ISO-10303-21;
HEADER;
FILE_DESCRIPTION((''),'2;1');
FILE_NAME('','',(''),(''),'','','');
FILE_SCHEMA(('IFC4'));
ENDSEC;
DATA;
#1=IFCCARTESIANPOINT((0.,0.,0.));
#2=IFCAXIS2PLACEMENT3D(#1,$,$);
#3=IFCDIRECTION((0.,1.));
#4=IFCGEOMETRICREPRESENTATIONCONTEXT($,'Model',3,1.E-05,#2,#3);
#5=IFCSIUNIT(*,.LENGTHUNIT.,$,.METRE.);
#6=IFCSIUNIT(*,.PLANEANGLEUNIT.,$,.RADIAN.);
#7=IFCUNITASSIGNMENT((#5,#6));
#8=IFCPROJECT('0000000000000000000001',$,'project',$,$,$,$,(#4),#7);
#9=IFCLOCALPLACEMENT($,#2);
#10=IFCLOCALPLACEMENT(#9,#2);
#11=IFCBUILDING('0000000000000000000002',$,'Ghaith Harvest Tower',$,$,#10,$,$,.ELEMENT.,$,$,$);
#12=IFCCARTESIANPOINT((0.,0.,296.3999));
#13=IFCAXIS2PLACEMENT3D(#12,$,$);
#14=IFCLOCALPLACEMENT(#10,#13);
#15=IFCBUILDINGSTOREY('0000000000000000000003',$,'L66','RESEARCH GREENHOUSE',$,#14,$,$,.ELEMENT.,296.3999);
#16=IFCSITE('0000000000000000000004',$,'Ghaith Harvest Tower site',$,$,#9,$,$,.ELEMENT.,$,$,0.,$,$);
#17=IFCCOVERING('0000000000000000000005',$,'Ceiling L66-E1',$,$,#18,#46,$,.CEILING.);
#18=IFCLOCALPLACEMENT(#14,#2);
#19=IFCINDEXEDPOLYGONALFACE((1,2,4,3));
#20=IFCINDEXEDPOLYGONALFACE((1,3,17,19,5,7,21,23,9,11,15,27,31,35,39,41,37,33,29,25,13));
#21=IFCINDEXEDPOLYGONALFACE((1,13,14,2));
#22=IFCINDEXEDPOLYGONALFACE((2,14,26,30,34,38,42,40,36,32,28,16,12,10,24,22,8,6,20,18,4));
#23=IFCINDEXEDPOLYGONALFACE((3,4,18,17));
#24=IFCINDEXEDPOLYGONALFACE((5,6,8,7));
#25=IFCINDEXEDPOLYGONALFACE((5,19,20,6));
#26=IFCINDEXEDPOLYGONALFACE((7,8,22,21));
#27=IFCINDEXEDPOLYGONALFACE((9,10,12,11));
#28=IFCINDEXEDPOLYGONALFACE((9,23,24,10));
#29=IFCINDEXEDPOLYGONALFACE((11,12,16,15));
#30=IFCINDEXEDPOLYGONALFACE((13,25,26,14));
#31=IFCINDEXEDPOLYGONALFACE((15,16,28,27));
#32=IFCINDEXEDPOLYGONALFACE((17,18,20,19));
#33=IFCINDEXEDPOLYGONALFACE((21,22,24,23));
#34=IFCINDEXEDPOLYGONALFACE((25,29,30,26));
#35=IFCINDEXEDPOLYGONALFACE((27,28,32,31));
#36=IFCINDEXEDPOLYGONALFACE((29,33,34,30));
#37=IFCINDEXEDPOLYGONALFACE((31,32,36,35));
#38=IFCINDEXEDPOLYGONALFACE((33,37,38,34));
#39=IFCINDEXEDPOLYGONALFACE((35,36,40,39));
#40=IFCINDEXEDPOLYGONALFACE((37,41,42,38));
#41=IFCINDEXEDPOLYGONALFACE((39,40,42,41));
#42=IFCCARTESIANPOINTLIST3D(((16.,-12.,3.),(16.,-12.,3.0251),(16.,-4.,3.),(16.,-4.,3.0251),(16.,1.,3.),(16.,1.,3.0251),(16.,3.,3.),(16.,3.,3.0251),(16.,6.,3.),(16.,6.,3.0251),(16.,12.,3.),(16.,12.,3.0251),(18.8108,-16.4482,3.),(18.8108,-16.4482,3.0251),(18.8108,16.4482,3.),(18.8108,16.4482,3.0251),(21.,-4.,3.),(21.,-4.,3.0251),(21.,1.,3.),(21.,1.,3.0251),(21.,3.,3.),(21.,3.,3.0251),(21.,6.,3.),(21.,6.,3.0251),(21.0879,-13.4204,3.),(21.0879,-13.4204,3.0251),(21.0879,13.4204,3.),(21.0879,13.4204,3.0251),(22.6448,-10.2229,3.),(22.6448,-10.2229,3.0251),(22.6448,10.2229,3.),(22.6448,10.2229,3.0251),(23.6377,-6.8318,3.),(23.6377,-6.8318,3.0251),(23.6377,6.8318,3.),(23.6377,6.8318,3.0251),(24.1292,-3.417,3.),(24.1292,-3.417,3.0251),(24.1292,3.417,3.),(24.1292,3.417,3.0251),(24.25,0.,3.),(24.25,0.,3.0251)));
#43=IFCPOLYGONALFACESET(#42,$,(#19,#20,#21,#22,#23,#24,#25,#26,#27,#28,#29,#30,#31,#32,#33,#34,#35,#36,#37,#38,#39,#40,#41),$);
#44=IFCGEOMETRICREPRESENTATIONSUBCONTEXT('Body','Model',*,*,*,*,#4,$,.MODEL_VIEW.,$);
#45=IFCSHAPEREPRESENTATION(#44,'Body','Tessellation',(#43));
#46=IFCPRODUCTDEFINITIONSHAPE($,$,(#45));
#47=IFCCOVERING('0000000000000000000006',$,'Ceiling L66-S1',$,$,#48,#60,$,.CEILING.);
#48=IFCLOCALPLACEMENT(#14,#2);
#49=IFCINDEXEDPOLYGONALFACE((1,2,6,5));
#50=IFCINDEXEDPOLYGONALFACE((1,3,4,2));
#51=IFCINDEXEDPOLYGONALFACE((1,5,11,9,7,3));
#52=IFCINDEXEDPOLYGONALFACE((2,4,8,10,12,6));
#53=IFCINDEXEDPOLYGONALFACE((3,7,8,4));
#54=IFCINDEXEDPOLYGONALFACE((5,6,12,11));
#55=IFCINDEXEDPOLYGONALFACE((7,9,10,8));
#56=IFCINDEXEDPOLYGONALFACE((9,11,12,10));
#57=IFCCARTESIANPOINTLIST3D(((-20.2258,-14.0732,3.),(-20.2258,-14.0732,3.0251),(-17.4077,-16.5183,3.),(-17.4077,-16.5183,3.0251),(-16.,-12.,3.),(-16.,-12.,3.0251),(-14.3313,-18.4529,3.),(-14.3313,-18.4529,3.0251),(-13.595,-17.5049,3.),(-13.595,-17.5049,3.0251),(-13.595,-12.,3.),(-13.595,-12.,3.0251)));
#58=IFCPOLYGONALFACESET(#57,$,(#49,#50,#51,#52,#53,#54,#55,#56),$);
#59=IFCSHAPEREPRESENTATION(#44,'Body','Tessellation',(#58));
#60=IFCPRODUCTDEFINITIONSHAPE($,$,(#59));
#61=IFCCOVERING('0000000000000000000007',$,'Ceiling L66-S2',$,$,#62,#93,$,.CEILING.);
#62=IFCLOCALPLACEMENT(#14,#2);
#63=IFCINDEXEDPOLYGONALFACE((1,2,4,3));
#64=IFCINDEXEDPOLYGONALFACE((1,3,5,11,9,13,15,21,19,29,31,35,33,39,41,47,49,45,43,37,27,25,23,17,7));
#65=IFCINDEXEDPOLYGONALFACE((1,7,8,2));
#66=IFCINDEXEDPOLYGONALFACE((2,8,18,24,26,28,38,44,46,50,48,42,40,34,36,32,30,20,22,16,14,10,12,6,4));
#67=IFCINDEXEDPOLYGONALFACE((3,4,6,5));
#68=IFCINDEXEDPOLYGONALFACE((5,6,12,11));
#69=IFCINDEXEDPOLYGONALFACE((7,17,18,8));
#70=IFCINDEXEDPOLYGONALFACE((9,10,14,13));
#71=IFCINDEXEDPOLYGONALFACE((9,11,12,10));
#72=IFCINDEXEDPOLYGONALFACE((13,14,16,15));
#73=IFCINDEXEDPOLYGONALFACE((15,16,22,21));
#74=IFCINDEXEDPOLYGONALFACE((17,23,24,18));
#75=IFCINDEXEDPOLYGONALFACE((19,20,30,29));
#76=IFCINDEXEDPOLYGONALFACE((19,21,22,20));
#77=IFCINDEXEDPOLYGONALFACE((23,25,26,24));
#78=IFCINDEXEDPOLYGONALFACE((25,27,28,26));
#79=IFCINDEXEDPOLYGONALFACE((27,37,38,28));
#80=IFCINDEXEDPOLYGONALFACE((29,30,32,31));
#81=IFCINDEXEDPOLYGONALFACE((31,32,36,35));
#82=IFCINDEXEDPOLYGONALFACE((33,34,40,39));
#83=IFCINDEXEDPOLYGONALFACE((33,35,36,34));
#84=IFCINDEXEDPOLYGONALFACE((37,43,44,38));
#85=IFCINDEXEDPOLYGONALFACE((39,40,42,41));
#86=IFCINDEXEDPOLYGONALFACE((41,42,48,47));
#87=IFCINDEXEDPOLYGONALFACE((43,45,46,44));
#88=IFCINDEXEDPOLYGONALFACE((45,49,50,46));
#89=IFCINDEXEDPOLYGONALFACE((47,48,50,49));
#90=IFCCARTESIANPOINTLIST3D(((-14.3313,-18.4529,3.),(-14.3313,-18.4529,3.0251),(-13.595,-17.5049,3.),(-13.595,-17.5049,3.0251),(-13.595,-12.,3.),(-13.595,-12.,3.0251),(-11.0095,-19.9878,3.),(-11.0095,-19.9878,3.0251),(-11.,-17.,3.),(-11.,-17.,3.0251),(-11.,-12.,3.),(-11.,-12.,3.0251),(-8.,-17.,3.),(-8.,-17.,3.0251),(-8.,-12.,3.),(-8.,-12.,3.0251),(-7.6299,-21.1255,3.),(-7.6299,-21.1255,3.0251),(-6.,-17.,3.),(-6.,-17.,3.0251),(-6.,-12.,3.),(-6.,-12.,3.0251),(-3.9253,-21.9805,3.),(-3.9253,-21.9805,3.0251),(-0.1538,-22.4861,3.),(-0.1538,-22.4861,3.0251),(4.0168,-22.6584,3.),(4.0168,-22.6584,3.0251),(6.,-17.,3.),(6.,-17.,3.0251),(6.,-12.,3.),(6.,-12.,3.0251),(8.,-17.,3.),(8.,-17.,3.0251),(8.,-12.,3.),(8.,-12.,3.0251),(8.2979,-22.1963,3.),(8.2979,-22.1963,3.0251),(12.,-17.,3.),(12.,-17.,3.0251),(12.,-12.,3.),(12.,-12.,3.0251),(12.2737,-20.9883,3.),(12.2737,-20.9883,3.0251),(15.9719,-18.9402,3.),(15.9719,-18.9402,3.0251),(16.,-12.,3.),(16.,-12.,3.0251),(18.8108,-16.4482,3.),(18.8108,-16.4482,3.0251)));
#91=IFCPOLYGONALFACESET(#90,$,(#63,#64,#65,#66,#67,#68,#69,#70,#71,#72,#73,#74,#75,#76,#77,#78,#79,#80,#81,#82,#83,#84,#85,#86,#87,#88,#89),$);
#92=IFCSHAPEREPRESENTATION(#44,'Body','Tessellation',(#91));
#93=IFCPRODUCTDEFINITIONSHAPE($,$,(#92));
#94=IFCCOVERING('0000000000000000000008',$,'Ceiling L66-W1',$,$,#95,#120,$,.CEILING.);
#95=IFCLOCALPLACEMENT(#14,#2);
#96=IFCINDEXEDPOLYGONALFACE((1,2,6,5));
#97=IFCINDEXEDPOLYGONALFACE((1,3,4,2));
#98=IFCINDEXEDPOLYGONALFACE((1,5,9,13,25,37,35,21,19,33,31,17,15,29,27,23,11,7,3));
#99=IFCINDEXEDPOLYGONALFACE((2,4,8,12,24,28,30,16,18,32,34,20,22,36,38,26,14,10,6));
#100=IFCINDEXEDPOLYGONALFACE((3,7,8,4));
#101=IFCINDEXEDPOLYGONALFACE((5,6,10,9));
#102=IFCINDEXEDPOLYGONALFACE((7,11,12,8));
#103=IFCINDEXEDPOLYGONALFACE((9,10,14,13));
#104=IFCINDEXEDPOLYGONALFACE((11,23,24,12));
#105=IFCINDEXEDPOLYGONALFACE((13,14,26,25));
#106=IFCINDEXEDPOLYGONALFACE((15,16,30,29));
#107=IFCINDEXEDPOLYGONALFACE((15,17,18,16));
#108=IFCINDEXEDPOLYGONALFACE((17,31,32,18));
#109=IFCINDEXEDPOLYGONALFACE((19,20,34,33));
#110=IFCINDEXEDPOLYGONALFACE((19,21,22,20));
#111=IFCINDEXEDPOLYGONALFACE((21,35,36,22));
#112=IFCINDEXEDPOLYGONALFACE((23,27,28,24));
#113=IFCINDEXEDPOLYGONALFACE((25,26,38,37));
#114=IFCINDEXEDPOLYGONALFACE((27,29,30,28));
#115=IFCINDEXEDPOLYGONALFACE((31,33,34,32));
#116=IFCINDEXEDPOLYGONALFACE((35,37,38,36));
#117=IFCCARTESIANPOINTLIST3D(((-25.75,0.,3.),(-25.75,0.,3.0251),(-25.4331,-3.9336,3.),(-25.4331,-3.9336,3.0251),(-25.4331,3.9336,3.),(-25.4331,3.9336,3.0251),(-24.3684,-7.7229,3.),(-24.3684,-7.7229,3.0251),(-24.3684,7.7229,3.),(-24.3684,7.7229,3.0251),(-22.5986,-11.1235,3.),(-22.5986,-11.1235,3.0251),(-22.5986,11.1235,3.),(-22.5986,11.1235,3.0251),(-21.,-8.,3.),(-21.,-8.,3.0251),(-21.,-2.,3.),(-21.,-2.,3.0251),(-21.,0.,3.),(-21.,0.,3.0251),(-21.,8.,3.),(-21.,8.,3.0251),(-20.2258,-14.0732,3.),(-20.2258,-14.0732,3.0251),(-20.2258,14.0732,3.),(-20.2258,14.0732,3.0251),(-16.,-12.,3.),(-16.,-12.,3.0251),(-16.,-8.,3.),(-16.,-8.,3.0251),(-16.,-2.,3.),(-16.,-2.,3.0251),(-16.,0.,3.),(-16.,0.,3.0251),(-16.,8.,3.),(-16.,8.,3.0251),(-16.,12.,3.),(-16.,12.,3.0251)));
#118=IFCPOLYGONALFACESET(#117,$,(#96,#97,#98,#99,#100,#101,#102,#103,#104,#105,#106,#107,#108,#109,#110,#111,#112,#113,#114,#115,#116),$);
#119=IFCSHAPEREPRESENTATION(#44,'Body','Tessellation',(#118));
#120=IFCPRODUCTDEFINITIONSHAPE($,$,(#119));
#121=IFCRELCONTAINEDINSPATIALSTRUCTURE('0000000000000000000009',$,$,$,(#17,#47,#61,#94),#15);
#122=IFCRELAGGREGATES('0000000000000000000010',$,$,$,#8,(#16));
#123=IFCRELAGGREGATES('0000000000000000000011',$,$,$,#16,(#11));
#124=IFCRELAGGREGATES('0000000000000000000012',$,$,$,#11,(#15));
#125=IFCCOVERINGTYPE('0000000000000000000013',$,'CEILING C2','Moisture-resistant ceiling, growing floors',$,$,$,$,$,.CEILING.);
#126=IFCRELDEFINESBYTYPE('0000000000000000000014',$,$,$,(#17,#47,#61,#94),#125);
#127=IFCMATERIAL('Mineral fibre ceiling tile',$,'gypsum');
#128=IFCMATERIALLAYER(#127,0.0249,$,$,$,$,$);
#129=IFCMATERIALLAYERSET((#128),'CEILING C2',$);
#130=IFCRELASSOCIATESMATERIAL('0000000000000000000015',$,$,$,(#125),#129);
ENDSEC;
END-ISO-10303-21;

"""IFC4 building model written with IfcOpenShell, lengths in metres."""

from ifc_helpers import new_model, si_unit, direction, frame, origin, place, context, subcontext, project, spatial, polyline, outline, extrude, material, layer, layer_set, type_object, element, save


model = new_model("IFC4")

# Units and contexts
model_context = context("Model", 3, precision=1e-05, world=origin(), true_north=direction((0.0, 1.0)))
body_context = subcontext(model_context, "Body", "Model", "MODEL_VIEW")
ifc_project = project(units=[si_unit("LENGTHUNIT", "METRE"), si_unit("PLANEANGLEUNIT", "RADIAN")], contexts=[model_context])

# Site, building, storey
site_placement = place(None, origin())
site = spatial("IfcSite", under=ifc_project, at=site_placement, Name="Ghaith Harvest Tower site", CompositionType="ELEMENT", RefElevation=0.0)
building_placement = place(site_placement, origin())
building = spatial("IfcBuilding", under=site, at=building_placement, Name="Ghaith Harvest Tower", CompositionType="ELEMENT")
storey_placement = place(building_placement, frame((0.0, 0.0, 296.3999)))
storey = spatial("IfcBuildingStorey", under=building, at=storey_placement, Name="L66", Description="RESEARCH GREENHOUSE", CompositionType="ELEMENT", Elevation=296.3999)

# Coverings
ifc_material_1 = material(Name="Mineral fibre ceiling tile", Category="gypsum")
ifc_layer_1 = layer(ifc_material_1, 0.0249)
ifc_layer_set_1 = layer_set([ifc_layer_1], Name="CEILING C2")
covering_type = type_object("IfcCoveringType", Name="CEILING C2", Description="Moisture-resistant ceiling, growing floors", PredefinedType="CEILING", material=ifc_layer_set_1)
covering_1_placement = place(storey_placement, frame((0.0, 0.0, 3.0)))
element("IfcCovering", 1, at=covering_1_placement, inside=storey, type_object=covering_type, Name="Ceiling L66-E1", PredefinedType="CEILING", context=body_context, shape_type="SweptSolid", body=[
    extrude(outline(polyline([(21.0879, 13.4204), (22.6448, 10.2229), (23.6377, 6.8318), (24.1292, 3.417), (24.25, 0.0), (24.1292, -3.417), (23.6377, -6.8318), (22.6448, -10.2229), (21.0879, -13.4204), (18.8108, -16.4482), (16.0, -12.0), (16.0, -4.0), (21.0, -4.0), (21.0, 1.0), (16.0, 1.0), (16.0, 3.0), (21.0, 3.0), (21.0, 6.0), (16.0, 6.0), (16.0, 12.0), (18.8108, 16.4482), (21.0879, 13.4204)])), origin(), (0.0, 0.0, 1.0), 0.0251),
])
covering_2_placement = place(storey_placement, frame((0.0, 0.0, 3.0)))
element("IfcCovering", 2, at=covering_2_placement, inside=storey, type_object=covering_type, Name="Ceiling L66-S1", PredefinedType="CEILING", context=body_context, shape_type="SweptSolid", body=[
    extrude(outline(polyline([(-20.2258, -14.0732), (-16.0, -12.0), (-13.595, -12.0), (-13.595, -17.5049), (-14.3313, -18.4529), (-17.4077, -16.5183), (-20.2258, -14.0732)])), origin(), (0.0, 0.0, 1.0), 0.0251),
])
covering_3_placement = place(storey_placement, frame((0.0, 0.0, 3.0)))
element("IfcCovering", 3, at=covering_3_placement, inside=storey, type_object=covering_type, Name="Ceiling L66-S2", PredefinedType="CEILING", context=body_context, shape_type="SweptSolid", body=[
    extrude(outline(polyline([(-13.595, -12.0), (-11.0, -12.0), (-11.0, -17.0), (-8.0, -17.0), (-8.0, -12.0), (-6.0, -12.0), (-6.0, -17.0), (6.0, -17.0), (6.0, -12.0), (8.0, -12.0), (8.0, -17.0), (12.0, -17.0), (12.0, -12.0), (16.0, -12.0), (18.8108, -16.4482), (15.9719, -18.9402), (12.2737, -20.9883), (8.2979, -22.1963), (4.0168, -22.6584), (-0.1538, -22.4861), (-3.9253, -21.9805), (-7.6299, -21.1255), (-11.0095, -19.9878), (-14.3313, -18.4529), (-14.3313, -18.4529), (-13.595, -17.5049), (-13.595, -12.0)])), origin(), (0.0, 0.0, 1.0), 0.0251),
])
covering_4_placement = place(storey_placement, frame((0.0, 0.0, 3.0)))
element("IfcCovering", 4, at=covering_4_placement, inside=storey, type_object=covering_type, Name="Ceiling L66-W1", PredefinedType="CEILING", context=body_context, shape_type="SweptSolid", body=[
    extrude(outline(polyline([(-22.5986, -11.1235), (-24.3684, -7.7229), (-25.4331, -3.9336), (-25.75, 0.0), (-25.4331, 3.9336), (-24.3684, 7.7229), (-22.5986, 11.1235), (-20.2258, 14.0732), (-16.0, 12.0), (-16.0, 8.0), (-21.0, 8.0), (-21.0, 0.0), (-16.0, 0.0), (-16.0, -2.0), (-21.0, -2.0), (-21.0, -8.0), (-16.0, -8.0), (-16.0, -12.0), (-20.2258, -14.0732), (-22.5986, -11.1235)])), origin(), (0.0, 0.0, 1.0), 0.0251),
])

save(model, "model.ifc")
